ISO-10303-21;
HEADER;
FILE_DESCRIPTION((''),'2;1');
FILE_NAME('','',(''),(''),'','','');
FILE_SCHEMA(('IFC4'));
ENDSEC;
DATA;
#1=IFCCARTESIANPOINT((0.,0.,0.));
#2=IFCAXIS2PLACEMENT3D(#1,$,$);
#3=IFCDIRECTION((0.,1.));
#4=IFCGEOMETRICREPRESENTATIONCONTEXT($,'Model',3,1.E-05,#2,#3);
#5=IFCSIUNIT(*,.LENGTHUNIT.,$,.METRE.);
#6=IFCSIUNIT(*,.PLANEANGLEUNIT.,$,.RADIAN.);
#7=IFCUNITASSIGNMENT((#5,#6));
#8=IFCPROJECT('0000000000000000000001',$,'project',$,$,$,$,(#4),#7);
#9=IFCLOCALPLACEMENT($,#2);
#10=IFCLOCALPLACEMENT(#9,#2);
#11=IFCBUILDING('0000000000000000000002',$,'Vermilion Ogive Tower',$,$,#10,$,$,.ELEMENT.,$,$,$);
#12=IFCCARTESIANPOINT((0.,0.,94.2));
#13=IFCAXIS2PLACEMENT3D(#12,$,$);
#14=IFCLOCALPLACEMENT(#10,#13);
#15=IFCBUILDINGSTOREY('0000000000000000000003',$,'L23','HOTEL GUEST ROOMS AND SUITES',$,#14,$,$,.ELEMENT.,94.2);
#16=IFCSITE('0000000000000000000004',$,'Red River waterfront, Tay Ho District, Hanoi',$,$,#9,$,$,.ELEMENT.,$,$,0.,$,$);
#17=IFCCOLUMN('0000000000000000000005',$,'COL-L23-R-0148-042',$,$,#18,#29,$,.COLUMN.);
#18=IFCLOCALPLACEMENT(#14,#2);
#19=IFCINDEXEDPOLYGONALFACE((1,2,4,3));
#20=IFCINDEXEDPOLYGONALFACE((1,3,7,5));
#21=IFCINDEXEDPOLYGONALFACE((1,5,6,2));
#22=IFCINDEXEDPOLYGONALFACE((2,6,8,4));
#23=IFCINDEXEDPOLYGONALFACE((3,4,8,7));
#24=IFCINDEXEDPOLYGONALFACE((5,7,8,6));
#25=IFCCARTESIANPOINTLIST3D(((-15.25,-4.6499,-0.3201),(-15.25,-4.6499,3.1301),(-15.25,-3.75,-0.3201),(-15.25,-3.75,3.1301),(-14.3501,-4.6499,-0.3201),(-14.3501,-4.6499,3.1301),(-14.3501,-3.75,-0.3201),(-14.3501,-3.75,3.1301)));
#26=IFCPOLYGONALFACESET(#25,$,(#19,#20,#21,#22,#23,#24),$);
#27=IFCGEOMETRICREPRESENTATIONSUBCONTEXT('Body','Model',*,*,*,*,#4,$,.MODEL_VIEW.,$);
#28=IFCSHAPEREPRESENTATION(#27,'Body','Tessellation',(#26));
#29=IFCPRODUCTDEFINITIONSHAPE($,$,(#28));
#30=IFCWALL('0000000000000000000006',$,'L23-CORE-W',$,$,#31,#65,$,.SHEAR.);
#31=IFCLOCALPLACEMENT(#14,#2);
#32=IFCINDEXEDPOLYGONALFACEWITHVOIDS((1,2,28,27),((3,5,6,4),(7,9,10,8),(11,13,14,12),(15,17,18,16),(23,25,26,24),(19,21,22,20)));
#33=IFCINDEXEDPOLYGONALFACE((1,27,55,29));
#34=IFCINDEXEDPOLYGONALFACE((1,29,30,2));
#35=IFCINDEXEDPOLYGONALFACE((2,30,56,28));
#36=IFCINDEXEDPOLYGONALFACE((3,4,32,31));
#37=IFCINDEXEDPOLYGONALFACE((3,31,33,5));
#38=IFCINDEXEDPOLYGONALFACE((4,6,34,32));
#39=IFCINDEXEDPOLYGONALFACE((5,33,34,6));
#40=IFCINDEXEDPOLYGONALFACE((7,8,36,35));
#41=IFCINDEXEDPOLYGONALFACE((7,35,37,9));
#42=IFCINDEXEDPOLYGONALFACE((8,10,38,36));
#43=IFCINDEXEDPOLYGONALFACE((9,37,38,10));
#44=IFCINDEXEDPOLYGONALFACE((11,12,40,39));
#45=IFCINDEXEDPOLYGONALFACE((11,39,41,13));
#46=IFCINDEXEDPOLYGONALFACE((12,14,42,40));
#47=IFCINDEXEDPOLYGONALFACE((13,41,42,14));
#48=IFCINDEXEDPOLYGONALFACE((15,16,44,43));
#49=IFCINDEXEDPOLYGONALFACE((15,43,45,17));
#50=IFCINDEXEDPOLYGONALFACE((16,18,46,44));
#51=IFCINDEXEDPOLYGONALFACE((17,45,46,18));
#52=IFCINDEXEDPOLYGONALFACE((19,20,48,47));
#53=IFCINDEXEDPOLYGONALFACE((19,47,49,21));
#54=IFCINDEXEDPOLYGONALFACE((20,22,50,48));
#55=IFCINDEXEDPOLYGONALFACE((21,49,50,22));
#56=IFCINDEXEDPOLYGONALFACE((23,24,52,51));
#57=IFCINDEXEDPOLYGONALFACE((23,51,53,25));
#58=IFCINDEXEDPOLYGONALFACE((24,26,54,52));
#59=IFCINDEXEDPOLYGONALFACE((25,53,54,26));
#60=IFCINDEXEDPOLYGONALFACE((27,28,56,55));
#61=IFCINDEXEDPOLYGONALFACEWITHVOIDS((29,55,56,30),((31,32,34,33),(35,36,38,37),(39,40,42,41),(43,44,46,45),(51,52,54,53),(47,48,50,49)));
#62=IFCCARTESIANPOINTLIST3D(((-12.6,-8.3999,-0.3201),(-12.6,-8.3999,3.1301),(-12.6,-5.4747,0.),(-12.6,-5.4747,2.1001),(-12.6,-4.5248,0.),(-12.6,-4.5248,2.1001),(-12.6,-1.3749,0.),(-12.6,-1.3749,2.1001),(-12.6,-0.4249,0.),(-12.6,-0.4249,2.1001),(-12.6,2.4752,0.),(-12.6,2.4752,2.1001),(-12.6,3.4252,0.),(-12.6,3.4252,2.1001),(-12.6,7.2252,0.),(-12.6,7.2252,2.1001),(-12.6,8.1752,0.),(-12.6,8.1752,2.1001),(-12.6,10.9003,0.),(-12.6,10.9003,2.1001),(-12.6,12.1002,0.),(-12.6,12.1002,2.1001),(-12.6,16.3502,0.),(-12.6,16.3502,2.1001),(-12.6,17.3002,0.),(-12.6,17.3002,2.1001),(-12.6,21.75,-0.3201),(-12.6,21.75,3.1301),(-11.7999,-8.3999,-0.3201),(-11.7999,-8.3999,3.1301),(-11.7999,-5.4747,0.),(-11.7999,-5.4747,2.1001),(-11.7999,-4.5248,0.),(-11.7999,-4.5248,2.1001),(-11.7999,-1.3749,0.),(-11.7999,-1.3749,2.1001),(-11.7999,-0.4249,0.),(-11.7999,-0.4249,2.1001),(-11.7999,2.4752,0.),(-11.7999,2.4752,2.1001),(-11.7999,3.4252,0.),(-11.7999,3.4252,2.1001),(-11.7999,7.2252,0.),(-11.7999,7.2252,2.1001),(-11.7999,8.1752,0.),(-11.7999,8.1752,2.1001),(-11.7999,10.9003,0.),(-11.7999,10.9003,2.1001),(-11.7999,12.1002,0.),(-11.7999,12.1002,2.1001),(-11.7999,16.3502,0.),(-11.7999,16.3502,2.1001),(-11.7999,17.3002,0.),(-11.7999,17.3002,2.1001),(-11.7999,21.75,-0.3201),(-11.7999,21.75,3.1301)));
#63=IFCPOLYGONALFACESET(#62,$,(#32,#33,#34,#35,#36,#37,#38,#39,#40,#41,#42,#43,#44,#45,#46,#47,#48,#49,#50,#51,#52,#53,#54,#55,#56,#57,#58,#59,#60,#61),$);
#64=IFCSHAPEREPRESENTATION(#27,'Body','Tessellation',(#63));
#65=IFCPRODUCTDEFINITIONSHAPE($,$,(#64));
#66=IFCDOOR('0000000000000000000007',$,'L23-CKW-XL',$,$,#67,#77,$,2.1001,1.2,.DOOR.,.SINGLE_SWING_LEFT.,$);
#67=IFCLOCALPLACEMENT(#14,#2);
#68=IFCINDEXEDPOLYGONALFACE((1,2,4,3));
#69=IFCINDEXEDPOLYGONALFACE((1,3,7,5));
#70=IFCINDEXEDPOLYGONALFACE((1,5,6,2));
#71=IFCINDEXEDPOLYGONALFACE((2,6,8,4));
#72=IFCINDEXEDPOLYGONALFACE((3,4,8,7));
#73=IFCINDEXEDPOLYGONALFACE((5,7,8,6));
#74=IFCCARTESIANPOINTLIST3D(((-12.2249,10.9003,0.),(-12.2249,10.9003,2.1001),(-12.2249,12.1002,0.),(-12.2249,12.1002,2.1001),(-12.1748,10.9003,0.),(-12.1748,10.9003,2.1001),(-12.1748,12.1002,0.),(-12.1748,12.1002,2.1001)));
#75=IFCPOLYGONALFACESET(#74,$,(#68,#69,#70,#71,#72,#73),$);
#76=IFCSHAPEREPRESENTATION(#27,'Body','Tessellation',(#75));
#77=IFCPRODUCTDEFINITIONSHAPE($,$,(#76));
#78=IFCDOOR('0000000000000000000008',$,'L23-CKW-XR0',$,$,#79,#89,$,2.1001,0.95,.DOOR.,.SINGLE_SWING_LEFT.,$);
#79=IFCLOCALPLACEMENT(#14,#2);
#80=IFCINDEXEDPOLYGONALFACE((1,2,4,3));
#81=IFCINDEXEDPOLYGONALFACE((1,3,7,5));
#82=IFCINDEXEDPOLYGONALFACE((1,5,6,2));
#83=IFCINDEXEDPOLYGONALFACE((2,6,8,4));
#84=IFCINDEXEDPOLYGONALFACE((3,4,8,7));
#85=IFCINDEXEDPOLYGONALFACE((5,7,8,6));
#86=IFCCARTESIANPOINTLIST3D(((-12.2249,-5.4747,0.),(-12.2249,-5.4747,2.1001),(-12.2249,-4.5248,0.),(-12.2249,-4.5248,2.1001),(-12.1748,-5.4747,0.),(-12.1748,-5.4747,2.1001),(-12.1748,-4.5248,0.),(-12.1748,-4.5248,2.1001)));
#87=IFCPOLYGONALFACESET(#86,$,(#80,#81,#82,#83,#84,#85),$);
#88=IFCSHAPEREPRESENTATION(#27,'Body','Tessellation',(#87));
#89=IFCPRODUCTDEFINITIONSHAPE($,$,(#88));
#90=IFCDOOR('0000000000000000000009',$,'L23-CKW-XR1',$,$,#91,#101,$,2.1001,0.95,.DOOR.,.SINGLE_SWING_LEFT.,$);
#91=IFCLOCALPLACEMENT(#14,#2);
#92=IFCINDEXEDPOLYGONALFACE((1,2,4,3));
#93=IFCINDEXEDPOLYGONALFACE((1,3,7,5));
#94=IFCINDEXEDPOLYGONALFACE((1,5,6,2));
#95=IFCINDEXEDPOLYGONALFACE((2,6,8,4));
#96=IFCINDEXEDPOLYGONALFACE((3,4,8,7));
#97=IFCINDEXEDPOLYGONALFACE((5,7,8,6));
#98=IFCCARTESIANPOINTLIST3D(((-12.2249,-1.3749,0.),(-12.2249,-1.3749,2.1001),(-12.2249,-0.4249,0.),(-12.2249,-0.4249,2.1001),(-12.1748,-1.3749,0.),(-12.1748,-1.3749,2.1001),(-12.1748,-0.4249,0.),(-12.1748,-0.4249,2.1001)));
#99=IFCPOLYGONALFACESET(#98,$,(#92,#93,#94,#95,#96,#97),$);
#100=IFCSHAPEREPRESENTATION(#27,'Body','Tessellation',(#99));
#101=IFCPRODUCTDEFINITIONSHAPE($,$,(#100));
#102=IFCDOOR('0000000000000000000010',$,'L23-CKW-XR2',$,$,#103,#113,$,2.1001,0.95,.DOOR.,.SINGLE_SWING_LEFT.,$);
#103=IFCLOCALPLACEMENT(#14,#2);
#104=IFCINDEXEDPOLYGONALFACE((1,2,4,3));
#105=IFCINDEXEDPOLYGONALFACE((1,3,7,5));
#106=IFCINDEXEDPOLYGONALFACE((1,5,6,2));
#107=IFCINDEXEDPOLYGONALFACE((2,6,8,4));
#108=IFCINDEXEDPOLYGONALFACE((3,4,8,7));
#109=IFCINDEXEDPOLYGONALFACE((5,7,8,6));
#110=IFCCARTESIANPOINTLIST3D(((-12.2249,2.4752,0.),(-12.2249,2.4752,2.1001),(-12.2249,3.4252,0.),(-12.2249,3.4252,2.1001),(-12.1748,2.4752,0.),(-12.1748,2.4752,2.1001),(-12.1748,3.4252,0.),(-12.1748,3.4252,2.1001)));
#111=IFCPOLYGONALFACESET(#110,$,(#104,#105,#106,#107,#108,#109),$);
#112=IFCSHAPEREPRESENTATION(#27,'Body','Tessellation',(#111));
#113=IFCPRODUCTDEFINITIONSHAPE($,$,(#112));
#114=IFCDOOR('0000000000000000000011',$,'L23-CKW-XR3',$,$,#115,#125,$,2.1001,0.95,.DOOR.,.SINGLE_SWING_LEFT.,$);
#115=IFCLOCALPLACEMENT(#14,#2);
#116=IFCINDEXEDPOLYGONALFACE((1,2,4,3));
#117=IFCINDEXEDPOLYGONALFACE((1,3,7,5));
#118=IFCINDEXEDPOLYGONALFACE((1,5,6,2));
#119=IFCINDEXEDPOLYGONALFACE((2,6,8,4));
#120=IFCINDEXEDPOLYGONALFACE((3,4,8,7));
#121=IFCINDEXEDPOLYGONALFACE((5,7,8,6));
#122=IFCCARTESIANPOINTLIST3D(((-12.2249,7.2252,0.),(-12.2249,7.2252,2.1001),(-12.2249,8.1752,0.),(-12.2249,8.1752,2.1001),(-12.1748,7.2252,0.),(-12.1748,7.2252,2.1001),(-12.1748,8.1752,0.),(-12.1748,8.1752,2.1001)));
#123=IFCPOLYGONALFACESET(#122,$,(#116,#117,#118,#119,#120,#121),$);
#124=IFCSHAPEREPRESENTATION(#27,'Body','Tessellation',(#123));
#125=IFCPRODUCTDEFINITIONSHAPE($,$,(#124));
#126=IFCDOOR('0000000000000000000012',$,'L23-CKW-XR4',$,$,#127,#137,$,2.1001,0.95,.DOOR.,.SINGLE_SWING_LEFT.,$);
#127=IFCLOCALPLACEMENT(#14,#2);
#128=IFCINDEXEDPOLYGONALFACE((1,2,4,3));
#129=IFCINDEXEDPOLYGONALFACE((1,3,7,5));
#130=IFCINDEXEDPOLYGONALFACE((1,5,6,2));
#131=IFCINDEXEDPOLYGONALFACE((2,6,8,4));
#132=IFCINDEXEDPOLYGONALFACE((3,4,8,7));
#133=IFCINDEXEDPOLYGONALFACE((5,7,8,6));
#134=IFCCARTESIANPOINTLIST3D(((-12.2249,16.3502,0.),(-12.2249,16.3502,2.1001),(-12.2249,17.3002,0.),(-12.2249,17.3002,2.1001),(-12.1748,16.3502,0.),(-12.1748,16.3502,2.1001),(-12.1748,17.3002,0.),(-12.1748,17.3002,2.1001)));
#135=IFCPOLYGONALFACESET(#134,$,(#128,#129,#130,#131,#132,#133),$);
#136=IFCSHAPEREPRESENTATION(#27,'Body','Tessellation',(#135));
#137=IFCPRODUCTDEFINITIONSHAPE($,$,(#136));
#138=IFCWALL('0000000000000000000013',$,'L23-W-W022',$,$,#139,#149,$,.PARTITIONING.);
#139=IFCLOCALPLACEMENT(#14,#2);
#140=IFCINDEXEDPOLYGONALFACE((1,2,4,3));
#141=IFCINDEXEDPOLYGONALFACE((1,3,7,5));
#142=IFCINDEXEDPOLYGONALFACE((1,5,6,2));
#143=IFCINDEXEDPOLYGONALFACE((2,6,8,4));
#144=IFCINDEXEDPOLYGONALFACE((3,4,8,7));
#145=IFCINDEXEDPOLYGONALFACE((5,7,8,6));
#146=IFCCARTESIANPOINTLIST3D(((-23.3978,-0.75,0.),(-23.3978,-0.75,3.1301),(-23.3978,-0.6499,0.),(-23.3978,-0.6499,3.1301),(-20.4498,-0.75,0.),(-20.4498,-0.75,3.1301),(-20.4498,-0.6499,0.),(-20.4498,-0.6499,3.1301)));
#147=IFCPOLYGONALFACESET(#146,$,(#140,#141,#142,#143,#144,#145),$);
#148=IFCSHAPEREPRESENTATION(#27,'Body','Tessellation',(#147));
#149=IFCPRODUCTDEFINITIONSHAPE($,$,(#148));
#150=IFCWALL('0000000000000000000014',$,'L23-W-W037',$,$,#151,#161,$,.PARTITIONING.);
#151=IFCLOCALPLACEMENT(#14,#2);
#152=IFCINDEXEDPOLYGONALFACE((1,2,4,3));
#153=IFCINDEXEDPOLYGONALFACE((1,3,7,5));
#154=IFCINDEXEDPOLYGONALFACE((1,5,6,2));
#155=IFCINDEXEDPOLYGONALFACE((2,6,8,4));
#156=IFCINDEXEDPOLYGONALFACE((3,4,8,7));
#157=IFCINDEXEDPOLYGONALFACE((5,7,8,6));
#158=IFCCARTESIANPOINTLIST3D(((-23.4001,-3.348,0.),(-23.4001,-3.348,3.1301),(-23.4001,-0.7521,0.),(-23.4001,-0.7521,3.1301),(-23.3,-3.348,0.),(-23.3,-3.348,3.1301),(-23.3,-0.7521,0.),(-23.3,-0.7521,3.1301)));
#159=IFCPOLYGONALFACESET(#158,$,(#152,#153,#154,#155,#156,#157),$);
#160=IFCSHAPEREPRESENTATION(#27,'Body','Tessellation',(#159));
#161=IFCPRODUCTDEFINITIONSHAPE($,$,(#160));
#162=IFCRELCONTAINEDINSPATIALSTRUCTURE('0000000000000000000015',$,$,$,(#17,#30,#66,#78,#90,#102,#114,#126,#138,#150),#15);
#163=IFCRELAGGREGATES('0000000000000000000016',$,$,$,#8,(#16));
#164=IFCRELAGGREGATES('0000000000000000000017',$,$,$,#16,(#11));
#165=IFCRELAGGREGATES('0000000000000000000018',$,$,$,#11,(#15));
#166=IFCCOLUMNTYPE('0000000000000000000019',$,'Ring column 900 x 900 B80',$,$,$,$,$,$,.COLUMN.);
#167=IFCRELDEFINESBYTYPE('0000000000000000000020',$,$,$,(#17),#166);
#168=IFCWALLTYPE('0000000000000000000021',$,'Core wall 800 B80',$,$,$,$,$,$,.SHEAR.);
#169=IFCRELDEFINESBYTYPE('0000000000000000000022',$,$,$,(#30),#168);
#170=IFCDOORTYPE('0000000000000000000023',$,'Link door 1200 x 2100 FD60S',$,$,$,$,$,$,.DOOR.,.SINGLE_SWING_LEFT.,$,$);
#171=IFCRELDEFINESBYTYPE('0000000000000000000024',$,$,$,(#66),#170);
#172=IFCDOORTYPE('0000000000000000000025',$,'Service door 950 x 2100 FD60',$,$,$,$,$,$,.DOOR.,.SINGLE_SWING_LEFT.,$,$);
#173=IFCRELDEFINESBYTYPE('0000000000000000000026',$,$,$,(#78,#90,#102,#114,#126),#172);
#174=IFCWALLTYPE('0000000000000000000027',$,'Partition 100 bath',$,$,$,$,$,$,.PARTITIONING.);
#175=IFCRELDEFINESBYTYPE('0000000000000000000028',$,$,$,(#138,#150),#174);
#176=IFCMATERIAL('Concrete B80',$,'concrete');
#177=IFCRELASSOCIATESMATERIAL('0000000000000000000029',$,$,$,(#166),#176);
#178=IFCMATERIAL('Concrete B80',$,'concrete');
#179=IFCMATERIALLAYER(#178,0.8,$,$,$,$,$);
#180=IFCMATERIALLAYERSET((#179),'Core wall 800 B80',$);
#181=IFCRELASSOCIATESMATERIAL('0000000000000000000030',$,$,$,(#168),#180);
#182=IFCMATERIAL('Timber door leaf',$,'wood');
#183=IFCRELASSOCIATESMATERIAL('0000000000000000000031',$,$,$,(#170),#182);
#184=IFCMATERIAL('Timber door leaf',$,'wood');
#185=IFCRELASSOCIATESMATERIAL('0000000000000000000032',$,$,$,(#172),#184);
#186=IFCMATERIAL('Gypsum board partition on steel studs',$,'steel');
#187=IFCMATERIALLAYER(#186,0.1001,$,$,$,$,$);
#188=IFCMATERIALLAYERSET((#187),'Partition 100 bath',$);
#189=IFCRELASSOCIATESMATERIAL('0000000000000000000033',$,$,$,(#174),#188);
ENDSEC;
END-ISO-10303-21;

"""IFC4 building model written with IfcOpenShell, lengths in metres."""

from ifc_helpers import new_model, si_unit, direction, frame, frame_2d, origin, origin_2d, place, context, subcontext, project, spatial, rectangle, extrude, material, layer, layer_set, material_profile, profile_set, type_object, element, fill, save


model = new_model("IFC4")

# Units and contexts
model_context = context("Model", 3, precision=1e-05, world=origin(), true_north=direction((0.0, 1.0)))
body_context = subcontext(model_context, "Body", "Model", "MODEL_VIEW")
ifc_project = project(units=[si_unit("LENGTHUNIT", "METRE"), si_unit("PLANEANGLEUNIT", "RADIAN")], contexts=[model_context])

# Site, building, storey
site_placement = place(None, origin())
site = spatial("IfcSite", under=ifc_project, at=site_placement, Name="Red River waterfront, Tay Ho District, Hanoi", CompositionType="ELEMENT", RefElevation=0.0)
building_placement = place(site_placement, origin())
building = spatial("IfcBuilding", under=site, at=building_placement, Name="Vermilion Ogive Tower", CompositionType="ELEMENT")
storey_placement = place(building_placement, frame((0.0, 0.0, 94.2)))
storey = spatial("IfcBuildingStorey", under=building, at=storey_placement, Name="L23", Description="HOTEL GUEST ROOMS AND SUITES", CompositionType="ELEMENT", Elevation=94.2)

# Column
ifc_material_1 = material(Name="Concrete B80", Category="concrete")
ifc_material_profile = material_profile(ifc_material_1, rectangle(XDim=0.8999, YDim=0.8999, at=origin_2d()), Name="900 x 900")
ifc_profile_set = profile_set([ifc_material_profile], Name="Concrete B80")
column_type = type_object("IfcColumnType", Name="Ring column 900 x 900 B80", PredefinedType="COLUMN", material=ifc_profile_set)
column_placement = place(storey_placement, frame((-14.8, -4.2, -0.3201), z_axis=(0.0, 0.0, 1.0), x_axis=(1.0, 0.0, 0.0)))
element("IfcColumn", 1, at=column_placement, inside=storey, type_object=column_type, Name="COL-L23-R-0148-042", PredefinedType="COLUMN", context=body_context, shape_type="SweptSolid", body=[
    extrude(rectangle(XDim=0.8999, YDim=0.8999, at=origin_2d()), origin(), (0.0, 0.0, 1.0), 3.4502),
])

# Wall, openings, doors
ifc_material_2 = material(Name="Concrete B80", Category="concrete")
ifc_layer_1 = layer(ifc_material_2, 0.8)
ifc_layer_set_1 = layer_set([ifc_layer_1], Name="Core wall 800 B80")
wall_type_1 = type_object("IfcWallType", Name="Core wall 800 B80", PredefinedType="SHEAR", material=ifc_layer_set_1)
wall_1_placement = place(storey_placement, frame((-12.2, -8.3999, -0.3201), z_axis=(0.0, 0.0, 1.0), x_axis=(0.0, 1.0, 0.0)))
wall_1 = element("IfcWall", 2, at=wall_1_placement, inside=storey, type_object=wall_type_1, Name="L23-CORE-W", PredefinedType="SHEAR", context=body_context, shape_type="SweptSolid", body=[
    extrude(rectangle(XDim=30.1499, YDim=0.8, at=frame_2d((15.075, 0.0))), origin(), (0.0, 0.0, 1.0), 3.4502),
])
opening_1_placement = place(wall_1_placement, frame((2.925, 0.0, 0.3201)))
opening_1 = element("IfcOpeningElement", 3, at=opening_1_placement, cuts=wall_1, PredefinedType="OPENING", context=body_context, shape_type="SweptSolid", body=[
    extrude(rectangle(XDim=0.95, YDim=2.1001, at=frame_2d((0.4751, 1.05))), frame((0.0, 0.4099, 0.0), z_axis=(0.0, -1.0, 0.0), x_axis=(1.0, 0.0, 0.0)), (0.0, 0.0, 1.0), 0.8201),
])
opening_2_placement = place(wall_1_placement, frame((7.0249, 0.0, 0.3201)))
opening_2 = element("IfcOpeningElement", 4, at=opening_2_placement, cuts=wall_1, PredefinedType="OPENING", context=body_context, shape_type="SweptSolid", body=[
    extrude(rectangle(XDim=0.95, YDim=2.1001, at=frame_2d((0.4751, 1.05))), frame((0.0, 0.4099, 0.0), z_axis=(0.0, -1.0, 0.0), x_axis=(1.0, 0.0, 0.0)), (0.0, 0.0, 1.0), 0.8201),
])
opening_3_placement = place(wall_1_placement, frame((10.875, 0.0, 0.3201)))
opening_3 = element("IfcOpeningElement", 5, at=opening_3_placement, cuts=wall_1, PredefinedType="OPENING", context=body_context, shape_type="SweptSolid", body=[
    extrude(rectangle(XDim=0.95, YDim=2.1001, at=frame_2d((0.4751, 1.05))), frame((0.0, 0.4099, 0.0), z_axis=(0.0, -1.0, 0.0), x_axis=(1.0, 0.0, 0.0)), (0.0, 0.0, 1.0), 0.8201),
])
opening_4_placement = place(wall_1_placement, frame((15.625, 0.0, 0.3201)))
opening_4 = element("IfcOpeningElement", 6, at=opening_4_placement, cuts=wall_1, PredefinedType="OPENING", context=body_context, shape_type="SweptSolid", body=[
    extrude(rectangle(XDim=0.95, YDim=2.1001, at=frame_2d((0.4751, 1.05))), frame((0.0, 0.4099, 0.0), z_axis=(0.0, -1.0, 0.0), x_axis=(1.0, 0.0, 0.0)), (0.0, 0.0, 1.0), 0.8201),
])
opening_5_placement = place(wall_1_placement, frame((24.75, 0.0, 0.3201)))
opening_5 = element("IfcOpeningElement", 7, at=opening_5_placement, cuts=wall_1, PredefinedType="OPENING", context=body_context, shape_type="SweptSolid", body=[
    extrude(rectangle(XDim=0.95, YDim=2.1001, at=frame_2d((0.4751, 1.05))), frame((0.0, 0.4099, 0.0), z_axis=(0.0, -1.0, 0.0), x_axis=(1.0, 0.0, 0.0)), (0.0, 0.0, 1.0), 0.8201),
])
opening_6_placement = place(wall_1_placement, frame((19.3, 0.0, 0.3201)))
opening_6 = element("IfcOpeningElement", 8, at=opening_6_placement, cuts=wall_1, PredefinedType="OPENING", context=body_context, shape_type="SweptSolid", body=[
    extrude(rectangle(XDim=1.2, YDim=2.1001, at=frame_2d((0.6001, 1.05))), frame((0.0, 0.4099, 0.0), z_axis=(0.0, -1.0, 0.0), x_axis=(1.0, 0.0, 0.0)), (0.0, 0.0, 1.0), 0.8201),
])
ifc_material_3 = material(Name="Timber door leaf", Category="wood")
door_type_1 = type_object("IfcDoorType", Name="Link door 1200 x 2100 FD60S", OperationType="SINGLE_SWING_LEFT", PredefinedType="DOOR", material=ifc_material_3)
door_1_placement = place(opening_6_placement, origin())
door_1 = element("IfcDoor", 9, at=door_1_placement, inside=storey, type_object=door_type_1, Name="L23-CKW-XL", OperationType="SINGLE_SWING_LEFT", OverallHeight=2.1001, OverallWidth=1.2, PredefinedType="DOOR", context=body_context, shape_type="SweptSolid", body=[
    extrude(rectangle(XDim=1.2, YDim=2.1001, at=frame_2d((0.6001, 1.05))), frame((0.0, 0.0249, 0.0), z_axis=(0.0, -1.0, 0.0), x_axis=(1.0, 0.0, 0.0)), (0.0, 0.0, 1.0), 0.05),
])
fill(opening_6, door_1)
ifc_material_4 = material(Name="Timber door leaf", Category="wood")
door_type_2 = type_object("IfcDoorType", Name="Service door 950 x 2100 FD60", OperationType="SINGLE_SWING_LEFT", PredefinedType="DOOR", material=ifc_material_4)
door_2_placement = place(opening_1_placement, origin())
door_2 = element("IfcDoor", 10, at=door_2_placement, inside=storey, type_object=door_type_2, Name="L23-CKW-XR0", OperationType="SINGLE_SWING_LEFT", OverallHeight=2.1001, OverallWidth=0.95, PredefinedType="DOOR", context=body_context, shape_type="SweptSolid", body=[
    extrude(rectangle(XDim=0.95, YDim=2.1001, at=frame_2d((0.4751, 1.05))), frame((0.0, 0.0249, 0.0), z_axis=(0.0, -1.0, 0.0), x_axis=(1.0, 0.0, 0.0)), (0.0, 0.0, 1.0), 0.05),
])
fill(opening_1, door_2)
door_3_placement = place(opening_2_placement, origin())
door_3 = element("IfcDoor", 11, at=door_3_placement, inside=storey, type_object=door_type_2, Name="L23-CKW-XR1", OperationType="SINGLE_SWING_LEFT", OverallHeight=2.1001, OverallWidth=0.95, PredefinedType="DOOR", context=body_context, shape_type="SweptSolid", body=[
    extrude(rectangle(XDim=0.95, YDim=2.1001, at=frame_2d((0.4751, 1.05))), frame((0.0, 0.0249, 0.0), z_axis=(0.0, -1.0, 0.0), x_axis=(1.0, 0.0, 0.0)), (0.0, 0.0, 1.0), 0.05),
])
fill(opening_2, door_3)
door_4_placement = place(opening_3_placement, origin())
door_4 = element("IfcDoor", 12, at=door_4_placement, inside=storey, type_object=door_type_2, Name="L23-CKW-XR2", OperationType="SINGLE_SWING_LEFT", OverallHeight=2.1001, OverallWidth=0.95, PredefinedType="DOOR", context=body_context, shape_type="SweptSolid", body=[
    extrude(rectangle(XDim=0.95, YDim=2.1001, at=frame_2d((0.4751, 1.05))), frame((0.0, 0.0249, 0.0), z_axis=(0.0, -1.0, 0.0), x_axis=(1.0, 0.0, 0.0)), (0.0, 0.0, 1.0), 0.05),
])
fill(opening_3, door_4)
door_5_placement = place(opening_4_placement, origin())
door_5 = element("IfcDoor", 13, at=door_5_placement, inside=storey, type_object=door_type_2, Name="L23-CKW-XR3", OperationType="SINGLE_SWING_LEFT", OverallHeight=2.1001, OverallWidth=0.95, PredefinedType="DOOR", context=body_context, shape_type="SweptSolid", body=[
    extrude(rectangle(XDim=0.95, YDim=2.1001, at=frame_2d((0.4751, 1.05))), frame((0.0, 0.0249, 0.0), z_axis=(0.0, -1.0, 0.0), x_axis=(1.0, 0.0, 0.0)), (0.0, 0.0, 1.0), 0.05),
])
fill(opening_4, door_5)
door_6_placement = place(opening_5_placement, origin())
door_6 = element("IfcDoor", 14, at=door_6_placement, inside=storey, type_object=door_type_2, Name="L23-CKW-XR4", OperationType="SINGLE_SWING_LEFT", OverallHeight=2.1001, OverallWidth=0.95, PredefinedType="DOOR", context=body_context, shape_type="SweptSolid", body=[
    extrude(rectangle(XDim=0.95, YDim=2.1001, at=frame_2d((0.4751, 1.05))), frame((0.0, 0.0249, 0.0), z_axis=(0.0, -1.0, 0.0), x_axis=(1.0, 0.0, 0.0)), (0.0, 0.0, 1.0), 0.05),
])
fill(opening_5, door_6)

# Walls
ifc_material_5 = material(Name="Gypsum board partition on steel studs", Category="steel")
ifc_layer_2 = layer(ifc_material_5, 0.1001)
ifc_layer_set_2 = layer_set([ifc_layer_2], Name="Partition 100 bath")
wall_type_2 = type_object("IfcWallType", Name="Partition 100 bath", PredefinedType="PARTITIONING", material=ifc_layer_set_2)
wall_2_placement = place(storey_placement, frame((-23.3979, -0.7, 0.0), z_axis=(0.0, 0.0, 1.0), x_axis=(1.0, 0.0, 0.0)))
element("IfcWall", 15, at=wall_2_placement, inside=storey, type_object=wall_type_2, Name="L23-W-W022", PredefinedType="PARTITIONING", context=body_context, shape_type="SweptSolid", body=[
    extrude(rectangle(XDim=2.948, YDim=0.1001, at=frame_2d((1.4741, 0.0))), origin(), (0.0, 0.0, 1.0), 3.1301),
])
wall_3_placement = place(storey_placement, frame((-23.3501, -3.3479, 0.0), z_axis=(0.0, 0.0, 1.0), x_axis=(0.0, 1.0, 0.0)))
element("IfcWall", 16, at=wall_3_placement, inside=storey, type_object=wall_type_2, Name="L23-W-W037", PredefinedType="PARTITIONING", context=body_context, shape_type="SweptSolid", body=[
    extrude(rectangle(XDim=2.5959, YDim=0.1001, at=frame_2d((1.2979, 0.0))), origin(), (0.0, 0.0, 1.0), 3.1301),
])

save(model, "model.ifc")
